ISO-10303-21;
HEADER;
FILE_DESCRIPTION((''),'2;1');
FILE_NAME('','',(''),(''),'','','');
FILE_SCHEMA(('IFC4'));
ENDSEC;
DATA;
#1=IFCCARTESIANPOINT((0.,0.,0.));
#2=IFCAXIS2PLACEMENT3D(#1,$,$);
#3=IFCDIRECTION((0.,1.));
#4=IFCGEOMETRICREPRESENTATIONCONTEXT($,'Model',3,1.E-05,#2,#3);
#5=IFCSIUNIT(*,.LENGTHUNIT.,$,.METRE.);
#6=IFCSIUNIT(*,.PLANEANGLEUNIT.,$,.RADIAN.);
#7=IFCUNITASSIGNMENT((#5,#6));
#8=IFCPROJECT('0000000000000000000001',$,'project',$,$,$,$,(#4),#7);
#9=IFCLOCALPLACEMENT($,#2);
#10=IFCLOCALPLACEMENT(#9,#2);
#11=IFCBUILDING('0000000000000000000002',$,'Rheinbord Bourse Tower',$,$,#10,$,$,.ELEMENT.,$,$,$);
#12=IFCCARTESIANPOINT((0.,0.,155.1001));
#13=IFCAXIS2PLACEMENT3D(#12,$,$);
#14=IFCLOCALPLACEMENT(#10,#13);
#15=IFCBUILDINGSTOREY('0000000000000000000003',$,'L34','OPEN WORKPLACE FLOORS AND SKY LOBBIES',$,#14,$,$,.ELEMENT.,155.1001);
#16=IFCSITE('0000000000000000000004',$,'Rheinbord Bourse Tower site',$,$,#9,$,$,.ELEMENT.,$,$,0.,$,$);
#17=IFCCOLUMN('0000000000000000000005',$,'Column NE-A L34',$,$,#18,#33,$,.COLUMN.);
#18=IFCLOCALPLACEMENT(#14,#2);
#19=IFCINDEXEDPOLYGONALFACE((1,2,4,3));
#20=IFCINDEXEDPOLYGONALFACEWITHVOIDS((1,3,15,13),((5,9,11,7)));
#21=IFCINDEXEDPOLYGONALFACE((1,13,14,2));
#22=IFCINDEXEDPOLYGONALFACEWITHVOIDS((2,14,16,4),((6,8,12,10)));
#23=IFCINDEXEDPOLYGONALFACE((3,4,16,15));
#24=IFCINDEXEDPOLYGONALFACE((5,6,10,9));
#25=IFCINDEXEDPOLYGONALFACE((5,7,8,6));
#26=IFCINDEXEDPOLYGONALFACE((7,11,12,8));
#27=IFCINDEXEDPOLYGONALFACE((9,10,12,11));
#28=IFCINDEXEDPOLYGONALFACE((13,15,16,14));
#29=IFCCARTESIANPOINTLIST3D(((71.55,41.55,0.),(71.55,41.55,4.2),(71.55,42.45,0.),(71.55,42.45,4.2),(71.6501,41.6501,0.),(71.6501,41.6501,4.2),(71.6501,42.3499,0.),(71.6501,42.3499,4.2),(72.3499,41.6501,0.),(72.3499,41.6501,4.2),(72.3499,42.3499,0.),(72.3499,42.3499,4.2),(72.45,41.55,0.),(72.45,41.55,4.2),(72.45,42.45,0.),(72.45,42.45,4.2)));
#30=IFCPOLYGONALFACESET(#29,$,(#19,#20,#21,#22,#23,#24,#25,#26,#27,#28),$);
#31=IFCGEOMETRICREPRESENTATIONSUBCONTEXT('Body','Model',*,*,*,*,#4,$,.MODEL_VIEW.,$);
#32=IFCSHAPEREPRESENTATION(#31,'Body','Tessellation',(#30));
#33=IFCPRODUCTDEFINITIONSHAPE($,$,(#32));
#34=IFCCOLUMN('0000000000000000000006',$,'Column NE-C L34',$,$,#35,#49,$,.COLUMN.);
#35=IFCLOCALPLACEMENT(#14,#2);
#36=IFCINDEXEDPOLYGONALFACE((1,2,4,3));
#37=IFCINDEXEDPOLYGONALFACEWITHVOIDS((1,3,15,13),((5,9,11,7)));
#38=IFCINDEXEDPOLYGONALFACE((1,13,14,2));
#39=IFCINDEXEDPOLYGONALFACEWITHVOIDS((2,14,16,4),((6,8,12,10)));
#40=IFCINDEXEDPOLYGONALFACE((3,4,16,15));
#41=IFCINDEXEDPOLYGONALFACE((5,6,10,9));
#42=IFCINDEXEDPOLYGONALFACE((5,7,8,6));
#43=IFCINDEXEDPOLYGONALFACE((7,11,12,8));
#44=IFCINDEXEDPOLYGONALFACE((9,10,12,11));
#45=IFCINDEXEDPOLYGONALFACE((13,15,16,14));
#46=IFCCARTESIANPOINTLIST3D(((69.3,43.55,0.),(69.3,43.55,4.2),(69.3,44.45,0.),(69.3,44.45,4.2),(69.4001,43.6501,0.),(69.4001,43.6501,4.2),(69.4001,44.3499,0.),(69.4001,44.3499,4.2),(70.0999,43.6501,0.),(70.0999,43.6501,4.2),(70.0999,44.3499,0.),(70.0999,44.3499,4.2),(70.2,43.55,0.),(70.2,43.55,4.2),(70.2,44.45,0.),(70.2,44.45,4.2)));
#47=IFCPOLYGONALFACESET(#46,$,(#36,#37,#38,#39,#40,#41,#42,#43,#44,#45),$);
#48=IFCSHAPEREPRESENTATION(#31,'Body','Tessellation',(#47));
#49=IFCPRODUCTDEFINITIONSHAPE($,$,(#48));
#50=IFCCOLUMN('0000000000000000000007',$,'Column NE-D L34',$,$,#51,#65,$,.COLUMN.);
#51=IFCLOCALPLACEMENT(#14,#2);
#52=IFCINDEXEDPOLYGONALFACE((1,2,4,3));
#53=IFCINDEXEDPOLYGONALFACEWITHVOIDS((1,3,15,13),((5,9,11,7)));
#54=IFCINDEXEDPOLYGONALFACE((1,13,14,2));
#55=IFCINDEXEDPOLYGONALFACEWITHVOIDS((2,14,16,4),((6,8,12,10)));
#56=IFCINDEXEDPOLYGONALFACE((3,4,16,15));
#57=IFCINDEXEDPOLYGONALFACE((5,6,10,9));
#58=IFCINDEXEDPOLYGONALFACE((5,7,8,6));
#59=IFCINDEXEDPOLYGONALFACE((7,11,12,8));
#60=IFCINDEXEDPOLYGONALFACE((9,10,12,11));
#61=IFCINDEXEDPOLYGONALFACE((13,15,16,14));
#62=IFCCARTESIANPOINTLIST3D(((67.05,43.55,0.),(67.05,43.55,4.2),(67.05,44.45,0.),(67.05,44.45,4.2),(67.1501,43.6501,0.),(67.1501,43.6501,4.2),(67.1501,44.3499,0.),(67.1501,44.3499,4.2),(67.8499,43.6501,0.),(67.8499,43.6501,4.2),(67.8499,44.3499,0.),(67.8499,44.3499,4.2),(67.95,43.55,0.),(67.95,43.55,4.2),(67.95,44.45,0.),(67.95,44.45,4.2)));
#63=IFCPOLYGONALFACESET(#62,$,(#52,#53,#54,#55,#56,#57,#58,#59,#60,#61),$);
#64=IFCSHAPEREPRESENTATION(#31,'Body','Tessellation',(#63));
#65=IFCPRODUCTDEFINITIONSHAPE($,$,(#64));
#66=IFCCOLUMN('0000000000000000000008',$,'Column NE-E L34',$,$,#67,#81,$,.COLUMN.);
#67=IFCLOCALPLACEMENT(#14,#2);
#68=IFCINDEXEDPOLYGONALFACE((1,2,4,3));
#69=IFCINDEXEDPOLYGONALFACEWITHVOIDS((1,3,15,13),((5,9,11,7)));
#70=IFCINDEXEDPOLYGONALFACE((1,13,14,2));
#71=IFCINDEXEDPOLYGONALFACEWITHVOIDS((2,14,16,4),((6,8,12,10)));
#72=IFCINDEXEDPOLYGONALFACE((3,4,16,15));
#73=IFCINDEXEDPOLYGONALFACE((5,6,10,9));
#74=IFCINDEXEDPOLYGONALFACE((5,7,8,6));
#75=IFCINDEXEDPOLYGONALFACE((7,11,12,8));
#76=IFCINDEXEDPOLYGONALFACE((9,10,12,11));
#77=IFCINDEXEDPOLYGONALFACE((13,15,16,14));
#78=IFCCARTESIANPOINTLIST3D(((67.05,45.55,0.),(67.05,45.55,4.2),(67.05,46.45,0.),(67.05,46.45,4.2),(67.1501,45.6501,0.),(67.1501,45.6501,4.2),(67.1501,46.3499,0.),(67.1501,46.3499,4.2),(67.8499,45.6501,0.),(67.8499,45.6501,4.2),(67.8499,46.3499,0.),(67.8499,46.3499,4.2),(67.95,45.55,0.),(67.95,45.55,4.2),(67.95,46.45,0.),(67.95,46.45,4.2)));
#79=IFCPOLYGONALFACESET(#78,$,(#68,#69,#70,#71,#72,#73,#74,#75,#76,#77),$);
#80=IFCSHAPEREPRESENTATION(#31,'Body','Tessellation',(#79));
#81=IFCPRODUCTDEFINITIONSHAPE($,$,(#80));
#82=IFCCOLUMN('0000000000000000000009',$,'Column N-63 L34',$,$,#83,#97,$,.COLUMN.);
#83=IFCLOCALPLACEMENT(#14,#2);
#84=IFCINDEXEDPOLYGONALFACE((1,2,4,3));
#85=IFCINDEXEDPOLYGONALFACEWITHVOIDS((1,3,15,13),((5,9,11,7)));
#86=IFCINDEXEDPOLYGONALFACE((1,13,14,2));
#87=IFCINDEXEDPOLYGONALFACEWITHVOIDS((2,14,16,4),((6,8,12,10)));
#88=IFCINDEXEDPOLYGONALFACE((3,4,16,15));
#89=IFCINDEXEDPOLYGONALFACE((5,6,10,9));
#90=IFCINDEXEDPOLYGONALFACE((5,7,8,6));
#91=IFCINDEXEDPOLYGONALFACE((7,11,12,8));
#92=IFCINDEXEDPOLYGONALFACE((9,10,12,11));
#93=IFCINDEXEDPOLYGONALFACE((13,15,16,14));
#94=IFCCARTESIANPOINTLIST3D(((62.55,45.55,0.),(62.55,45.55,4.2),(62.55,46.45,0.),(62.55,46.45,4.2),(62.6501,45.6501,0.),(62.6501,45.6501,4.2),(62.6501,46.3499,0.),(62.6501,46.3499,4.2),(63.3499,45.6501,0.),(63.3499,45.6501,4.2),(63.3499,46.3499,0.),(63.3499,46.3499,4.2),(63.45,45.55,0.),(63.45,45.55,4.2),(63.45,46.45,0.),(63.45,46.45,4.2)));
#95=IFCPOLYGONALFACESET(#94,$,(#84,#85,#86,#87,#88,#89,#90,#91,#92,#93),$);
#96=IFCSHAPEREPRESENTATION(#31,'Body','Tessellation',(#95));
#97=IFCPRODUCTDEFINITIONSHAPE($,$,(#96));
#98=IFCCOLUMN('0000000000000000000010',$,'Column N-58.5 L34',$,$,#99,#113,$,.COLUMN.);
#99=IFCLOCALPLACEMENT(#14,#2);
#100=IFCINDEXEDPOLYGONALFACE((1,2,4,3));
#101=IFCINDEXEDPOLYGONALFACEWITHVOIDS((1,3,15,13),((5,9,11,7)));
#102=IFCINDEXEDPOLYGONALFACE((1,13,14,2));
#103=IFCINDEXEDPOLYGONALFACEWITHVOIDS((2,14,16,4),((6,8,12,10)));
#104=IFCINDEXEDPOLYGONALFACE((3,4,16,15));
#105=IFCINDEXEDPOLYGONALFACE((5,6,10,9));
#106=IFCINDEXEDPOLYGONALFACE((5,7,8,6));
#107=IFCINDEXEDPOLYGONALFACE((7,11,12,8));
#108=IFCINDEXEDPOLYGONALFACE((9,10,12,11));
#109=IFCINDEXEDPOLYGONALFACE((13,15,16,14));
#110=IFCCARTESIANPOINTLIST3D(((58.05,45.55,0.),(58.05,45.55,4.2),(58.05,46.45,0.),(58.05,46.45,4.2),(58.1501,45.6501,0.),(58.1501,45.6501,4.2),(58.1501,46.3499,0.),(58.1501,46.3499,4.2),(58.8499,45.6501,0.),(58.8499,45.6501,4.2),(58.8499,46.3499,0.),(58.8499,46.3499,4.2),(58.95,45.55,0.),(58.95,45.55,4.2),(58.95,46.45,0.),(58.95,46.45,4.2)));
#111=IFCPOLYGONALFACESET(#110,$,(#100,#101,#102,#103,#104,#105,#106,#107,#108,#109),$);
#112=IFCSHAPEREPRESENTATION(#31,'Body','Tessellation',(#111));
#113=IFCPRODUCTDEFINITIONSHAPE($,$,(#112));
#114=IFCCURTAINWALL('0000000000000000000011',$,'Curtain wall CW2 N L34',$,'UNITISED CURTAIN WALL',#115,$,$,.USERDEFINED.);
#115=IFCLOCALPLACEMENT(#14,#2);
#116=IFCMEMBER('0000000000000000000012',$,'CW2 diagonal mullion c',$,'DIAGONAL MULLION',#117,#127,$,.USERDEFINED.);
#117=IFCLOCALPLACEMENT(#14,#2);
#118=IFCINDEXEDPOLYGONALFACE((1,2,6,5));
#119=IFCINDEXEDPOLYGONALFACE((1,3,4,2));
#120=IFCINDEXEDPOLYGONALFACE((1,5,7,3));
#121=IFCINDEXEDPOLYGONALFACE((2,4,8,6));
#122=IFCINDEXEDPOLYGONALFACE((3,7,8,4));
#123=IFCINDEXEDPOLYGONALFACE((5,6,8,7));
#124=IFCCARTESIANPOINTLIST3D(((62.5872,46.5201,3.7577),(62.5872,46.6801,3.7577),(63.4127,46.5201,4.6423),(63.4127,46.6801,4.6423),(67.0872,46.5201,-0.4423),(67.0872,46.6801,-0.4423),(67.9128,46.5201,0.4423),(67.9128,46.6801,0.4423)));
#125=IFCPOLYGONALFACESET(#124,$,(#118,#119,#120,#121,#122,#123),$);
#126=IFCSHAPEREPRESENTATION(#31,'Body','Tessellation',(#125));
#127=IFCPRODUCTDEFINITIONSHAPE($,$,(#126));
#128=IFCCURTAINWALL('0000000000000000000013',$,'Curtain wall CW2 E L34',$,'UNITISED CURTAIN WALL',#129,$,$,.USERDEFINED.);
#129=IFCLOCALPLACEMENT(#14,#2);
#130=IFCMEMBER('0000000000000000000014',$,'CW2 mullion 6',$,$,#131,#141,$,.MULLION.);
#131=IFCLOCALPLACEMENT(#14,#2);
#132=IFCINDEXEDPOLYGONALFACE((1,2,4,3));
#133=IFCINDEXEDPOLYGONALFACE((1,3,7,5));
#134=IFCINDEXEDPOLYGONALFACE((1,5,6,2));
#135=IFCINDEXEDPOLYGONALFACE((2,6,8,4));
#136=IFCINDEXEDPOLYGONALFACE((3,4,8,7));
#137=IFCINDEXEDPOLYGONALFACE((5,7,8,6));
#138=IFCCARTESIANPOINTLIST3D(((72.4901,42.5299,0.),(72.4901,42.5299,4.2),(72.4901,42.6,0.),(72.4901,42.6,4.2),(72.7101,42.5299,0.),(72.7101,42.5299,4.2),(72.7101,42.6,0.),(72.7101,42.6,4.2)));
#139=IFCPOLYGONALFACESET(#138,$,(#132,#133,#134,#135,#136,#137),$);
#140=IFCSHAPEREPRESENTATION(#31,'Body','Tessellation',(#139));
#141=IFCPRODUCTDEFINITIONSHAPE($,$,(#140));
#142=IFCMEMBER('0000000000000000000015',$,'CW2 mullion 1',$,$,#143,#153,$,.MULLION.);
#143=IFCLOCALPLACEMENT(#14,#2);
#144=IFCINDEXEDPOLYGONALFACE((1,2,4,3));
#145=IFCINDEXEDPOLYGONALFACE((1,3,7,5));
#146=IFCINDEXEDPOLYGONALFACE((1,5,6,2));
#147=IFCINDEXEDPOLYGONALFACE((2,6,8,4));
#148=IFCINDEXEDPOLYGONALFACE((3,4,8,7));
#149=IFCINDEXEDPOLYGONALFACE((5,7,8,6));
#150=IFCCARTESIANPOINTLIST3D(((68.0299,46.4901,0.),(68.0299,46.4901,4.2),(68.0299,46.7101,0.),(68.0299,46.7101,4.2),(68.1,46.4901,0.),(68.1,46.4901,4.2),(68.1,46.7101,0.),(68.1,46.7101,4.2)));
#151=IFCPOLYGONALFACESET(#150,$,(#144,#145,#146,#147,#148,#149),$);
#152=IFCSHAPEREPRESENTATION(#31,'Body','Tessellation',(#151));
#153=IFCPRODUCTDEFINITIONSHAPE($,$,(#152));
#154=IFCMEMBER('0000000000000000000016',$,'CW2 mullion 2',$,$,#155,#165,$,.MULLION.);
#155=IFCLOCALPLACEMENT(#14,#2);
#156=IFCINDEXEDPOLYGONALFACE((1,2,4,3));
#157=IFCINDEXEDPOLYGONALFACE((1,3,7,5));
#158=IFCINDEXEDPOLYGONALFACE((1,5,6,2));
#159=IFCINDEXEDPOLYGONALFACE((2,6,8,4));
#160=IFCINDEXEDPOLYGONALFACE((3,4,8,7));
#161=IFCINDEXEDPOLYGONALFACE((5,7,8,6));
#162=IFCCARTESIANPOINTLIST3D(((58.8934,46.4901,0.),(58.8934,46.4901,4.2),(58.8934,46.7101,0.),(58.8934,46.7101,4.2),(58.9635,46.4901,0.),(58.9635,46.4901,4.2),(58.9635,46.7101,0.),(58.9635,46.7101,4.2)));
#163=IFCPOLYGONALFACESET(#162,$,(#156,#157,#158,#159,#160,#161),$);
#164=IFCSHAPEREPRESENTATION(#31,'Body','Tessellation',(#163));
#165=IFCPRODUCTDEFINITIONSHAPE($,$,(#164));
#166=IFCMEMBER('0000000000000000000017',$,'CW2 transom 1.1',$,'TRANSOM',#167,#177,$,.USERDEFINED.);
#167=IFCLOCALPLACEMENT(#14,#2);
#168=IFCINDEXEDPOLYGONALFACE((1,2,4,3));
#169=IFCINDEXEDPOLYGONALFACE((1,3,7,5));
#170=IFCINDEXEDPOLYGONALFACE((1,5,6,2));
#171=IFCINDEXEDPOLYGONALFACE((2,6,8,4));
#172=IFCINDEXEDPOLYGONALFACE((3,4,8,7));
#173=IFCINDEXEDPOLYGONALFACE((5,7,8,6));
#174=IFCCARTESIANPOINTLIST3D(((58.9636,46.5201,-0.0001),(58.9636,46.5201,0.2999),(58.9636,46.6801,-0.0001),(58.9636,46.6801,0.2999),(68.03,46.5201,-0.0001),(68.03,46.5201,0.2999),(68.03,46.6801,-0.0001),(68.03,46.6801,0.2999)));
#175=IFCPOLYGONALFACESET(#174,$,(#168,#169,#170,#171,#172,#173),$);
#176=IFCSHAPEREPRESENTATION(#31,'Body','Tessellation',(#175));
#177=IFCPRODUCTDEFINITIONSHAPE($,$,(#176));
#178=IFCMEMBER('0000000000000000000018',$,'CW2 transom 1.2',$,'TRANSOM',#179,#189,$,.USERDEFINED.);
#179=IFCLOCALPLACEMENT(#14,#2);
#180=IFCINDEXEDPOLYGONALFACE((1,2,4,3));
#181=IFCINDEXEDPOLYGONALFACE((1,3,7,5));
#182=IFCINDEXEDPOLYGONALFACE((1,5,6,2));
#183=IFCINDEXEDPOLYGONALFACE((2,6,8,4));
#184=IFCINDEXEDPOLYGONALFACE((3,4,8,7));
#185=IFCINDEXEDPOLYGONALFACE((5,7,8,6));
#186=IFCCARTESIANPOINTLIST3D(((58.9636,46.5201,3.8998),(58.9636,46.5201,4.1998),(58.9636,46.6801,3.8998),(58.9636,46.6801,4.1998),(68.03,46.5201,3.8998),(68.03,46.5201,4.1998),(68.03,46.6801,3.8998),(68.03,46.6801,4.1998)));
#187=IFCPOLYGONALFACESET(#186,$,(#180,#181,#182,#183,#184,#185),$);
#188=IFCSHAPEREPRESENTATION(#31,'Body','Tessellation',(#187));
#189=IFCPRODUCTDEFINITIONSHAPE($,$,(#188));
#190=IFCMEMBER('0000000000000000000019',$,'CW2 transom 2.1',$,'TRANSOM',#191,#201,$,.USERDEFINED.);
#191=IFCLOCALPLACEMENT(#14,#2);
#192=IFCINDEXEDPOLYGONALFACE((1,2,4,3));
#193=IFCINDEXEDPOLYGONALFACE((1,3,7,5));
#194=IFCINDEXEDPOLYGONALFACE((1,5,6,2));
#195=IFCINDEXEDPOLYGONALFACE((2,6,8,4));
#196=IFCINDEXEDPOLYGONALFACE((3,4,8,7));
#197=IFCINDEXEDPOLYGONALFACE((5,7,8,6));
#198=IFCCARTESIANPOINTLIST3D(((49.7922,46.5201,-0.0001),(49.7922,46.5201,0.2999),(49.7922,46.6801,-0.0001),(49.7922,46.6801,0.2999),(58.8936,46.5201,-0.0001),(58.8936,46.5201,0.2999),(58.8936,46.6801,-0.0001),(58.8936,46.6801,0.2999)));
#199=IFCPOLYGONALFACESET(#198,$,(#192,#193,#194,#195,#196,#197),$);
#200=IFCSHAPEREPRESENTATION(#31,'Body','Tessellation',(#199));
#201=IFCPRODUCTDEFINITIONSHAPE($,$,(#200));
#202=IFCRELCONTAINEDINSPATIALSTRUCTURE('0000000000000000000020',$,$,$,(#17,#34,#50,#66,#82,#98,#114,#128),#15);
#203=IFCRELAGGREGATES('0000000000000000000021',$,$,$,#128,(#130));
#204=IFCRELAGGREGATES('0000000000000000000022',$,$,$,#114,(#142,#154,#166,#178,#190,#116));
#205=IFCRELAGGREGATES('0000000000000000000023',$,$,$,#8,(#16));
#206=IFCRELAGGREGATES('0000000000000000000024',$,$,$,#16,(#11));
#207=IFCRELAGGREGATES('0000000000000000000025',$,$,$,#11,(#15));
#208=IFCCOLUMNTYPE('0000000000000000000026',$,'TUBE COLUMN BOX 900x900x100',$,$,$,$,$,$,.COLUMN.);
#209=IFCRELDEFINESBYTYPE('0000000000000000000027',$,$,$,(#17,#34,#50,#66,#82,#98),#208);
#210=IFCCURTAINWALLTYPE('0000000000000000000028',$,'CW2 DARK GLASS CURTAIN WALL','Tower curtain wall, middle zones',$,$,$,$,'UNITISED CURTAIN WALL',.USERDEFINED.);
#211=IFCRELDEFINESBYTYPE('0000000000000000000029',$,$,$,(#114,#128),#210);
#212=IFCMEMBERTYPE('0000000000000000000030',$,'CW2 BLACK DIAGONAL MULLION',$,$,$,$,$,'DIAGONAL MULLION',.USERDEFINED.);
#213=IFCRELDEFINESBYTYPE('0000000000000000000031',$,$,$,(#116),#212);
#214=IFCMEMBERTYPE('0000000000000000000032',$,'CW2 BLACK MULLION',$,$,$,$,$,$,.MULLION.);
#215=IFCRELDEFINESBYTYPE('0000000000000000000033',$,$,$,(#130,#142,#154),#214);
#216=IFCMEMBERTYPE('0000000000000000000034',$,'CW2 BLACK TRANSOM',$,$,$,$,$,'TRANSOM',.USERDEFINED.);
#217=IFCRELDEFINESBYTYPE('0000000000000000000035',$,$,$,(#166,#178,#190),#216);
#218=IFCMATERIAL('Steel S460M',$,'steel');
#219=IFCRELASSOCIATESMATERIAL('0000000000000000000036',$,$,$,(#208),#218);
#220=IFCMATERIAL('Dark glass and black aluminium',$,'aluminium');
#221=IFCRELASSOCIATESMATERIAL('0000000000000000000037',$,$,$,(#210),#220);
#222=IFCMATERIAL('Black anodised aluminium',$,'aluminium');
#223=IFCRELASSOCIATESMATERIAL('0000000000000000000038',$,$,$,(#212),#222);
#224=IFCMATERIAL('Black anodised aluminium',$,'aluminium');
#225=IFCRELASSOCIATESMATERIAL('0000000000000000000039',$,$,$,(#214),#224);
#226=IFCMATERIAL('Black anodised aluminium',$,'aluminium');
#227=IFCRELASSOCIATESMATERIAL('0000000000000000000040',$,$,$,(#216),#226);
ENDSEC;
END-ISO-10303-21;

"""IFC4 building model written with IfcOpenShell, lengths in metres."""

from ifc_helpers import new_model, si_unit, direction, frame, origin, origin_2d, place, context, subcontext, project, spatial, rectangle, hollow_rectangle, extrude, material, material_profile, profile_set, type_object, element, aggregate, save


model = new_model("IFC4")

# Units and contexts
model_context = context("Model", 3, precision=1e-05, world=origin(), true_north=direction((0.0, 1.0)))
body_context = subcontext(model_context, "Body", "Model", "MODEL_VIEW")
ifc_project = project(units=[si_unit("LENGTHUNIT", "METRE"), si_unit("PLANEANGLEUNIT", "RADIAN")], contexts=[model_context])

# Site, building, storey
site_placement = place(None, origin())
site = spatial("IfcSite", under=ifc_project, at=site_placement, Name="Rheinbord Bourse Tower site", CompositionType="ELEMENT", RefElevation=0.0)
building_placement = place(site_placement, origin())
building = spatial("IfcBuilding", under=site, at=building_placement, Name="Rheinbord Bourse Tower", CompositionType="ELEMENT")
storey_placement = place(building_placement, frame((0.0, 0.0, 155.1001)))
storey = spatial("IfcBuildingStorey", under=building, at=storey_placement, Name="L34", Description="OPEN WORKPLACE FLOORS AND SKY LOBBIES", CompositionType="ELEMENT", Elevation=155.1001)

# Columns
ifc_material_1 = material(Name="Steel S460M", Category="steel")
ifc_material_profile_1 = material_profile(ifc_material_1, hollow_rectangle(XDim=0.8999, YDim=0.8999, WallThickness=0.1001, at=origin_2d()), Name="BOX 900x900x100")
ifc_profile_set_1 = profile_set([ifc_material_profile_1], Name="Steel S460M")
column_type = type_object("IfcColumnType", Name="TUBE COLUMN BOX 900x900x100", PredefinedType="COLUMN", material=ifc_profile_set_1)
for number, where, z_axis, x_axis, name in (
    (1, (72.0, 42.0, 0.0), (0.0, 0.0, 1.0), (1.0, 0.0, 0.0), "Column NE-A L34"),
    (2, (69.75, 44.0, 0.0), (0.0, 0.0, 1.0), (1.0, 0.0, 0.0), "Column NE-C L34"),
    (3, (67.5, 44.0, 0.0), (0.0, 0.0, 1.0), (0.0, 1.0, 0.0), "Column NE-D L34"),
    (4, (67.5, 46.0, 0.0), (0.0, 0.0, 1.0), (0.0, 1.0, 0.0), "Column NE-E L34"),
    (5, (63.0, 46.0, 0.0), (0.0, 0.0, 1.0), (0.0, 1.0, 0.0), "Column N-63 L34"),
    (6, (58.5, 46.0, 0.0), (0.0, 0.0, 1.0), (0.0, 1.0, 0.0), "Column N-58.5 L34"),
):
    element("IfcColumn", number, at=place(storey_placement, frame(where, z_axis=z_axis, x_axis=x_axis)), inside=storey, type_object=column_type, Name=name, PredefinedType="COLUMN", context=body_context, shape_type="SweptSolid", body=[
        extrude(hollow_rectangle(XDim=0.8999, YDim=0.8999, WallThickness=0.1001, at=origin_2d()), origin(), (0.0, 0.0, 1.0), 4.2),
    ])

# Curtain walls, members
ifc_material_2 = material(Name="Dark glass and black aluminium", Category="aluminium")
curtain_wall_type = type_object("IfcCurtainWallType", Name="CW2 DARK GLASS CURTAIN WALL", Description="Tower curtain wall, middle zones", ElementType="UNITISED CURTAIN WALL", PredefinedType="USERDEFINED", material=ifc_material_2)
curtain_wall_1_placement = place(storey_placement, origin())
curtain_wall_1 = element("IfcCurtainWall", 7, at=curtain_wall_1_placement, inside=storey, type_object=curtain_wall_type, Name="Curtain wall CW2 N L34", ObjectType="UNITISED CURTAIN WALL", PredefinedType="USERDEFINED")
ifc_material_3 = material(Name="Black anodised aluminium", Category="aluminium")
ifc_material_profile_2 = material_profile(ifc_material_3, rectangle(XDim=0.1599, YDim=1.21, at=origin_2d()), Name="CW2 DIAGONAL MULLION 1210x160")
ifc_profile_set_2 = profile_set([ifc_material_profile_2], Name="Black anodised aluminium")
member_type_1 = type_object("IfcMemberType", Name="CW2 BLACK DIAGONAL MULLION", ElementType="DIAGONAL MULLION", PredefinedType="USERDEFINED", material=ifc_profile_set_2)
member_1_placement = place(storey_placement, frame((67.5, 46.6001, 0.0), z_axis=(-0.731059, 0.0, 0.682314), x_axis=(0.0, -1.0, 0.0)))
member_1 = element("IfcMember", 8, at=member_1_placement, type_object=member_type_1, Name="CW2 diagonal mullion c", ObjectType="DIAGONAL MULLION", PredefinedType="USERDEFINED", context=body_context, shape_type="SweptSolid", body=[
    extrude(rectangle(XDim=0.1599, YDim=1.21, at=origin_2d()), origin(), (0.0, 0.0, 1.0), 6.1555),
])
curtain_wall_2_placement = place(storey_placement, origin())
curtain_wall_2 = element("IfcCurtainWall", 9, at=curtain_wall_2_placement, inside=storey, type_object=curtain_wall_type, Name="Curtain wall CW2 E L34", ObjectType="UNITISED CURTAIN WALL", PredefinedType="USERDEFINED")
ifc_material_4 = material(Name="Black anodised aluminium", Category="aluminium")
ifc_material_profile_3 = material_profile(ifc_material_4, rectangle(XDim=0.22, YDim=0.0701, at=origin_2d()), Name="CW2 MULLION 70x220")
ifc_profile_set_3 = profile_set([ifc_material_profile_3], Name="Black anodised aluminium")
member_type_2 = type_object("IfcMemberType", Name="CW2 BLACK MULLION", PredefinedType="MULLION", material=ifc_profile_set_3)
member_2_placement = place(storey_placement, frame((72.6001, 42.5649, 0.0), z_axis=(0.0, 0.0, 1.0), x_axis=(-1.0, 0.0, 0.0)))
member_2 = element("IfcMember", 10, at=member_2_placement, type_object=member_type_2, Name="CW2 mullion 6", PredefinedType="MULLION", context=body_context, shape_type="SweptSolid", body=[
    extrude(rectangle(XDim=0.22, YDim=0.0701, at=origin_2d()), origin(), (0.0, 0.0, 1.0), 4.2),
])

# Members
member_3_placement = place(storey_placement, frame((68.0649, 46.6001, 0.0), z_axis=(0.0, 0.0, 1.0), x_axis=(0.0, -1.0, 0.0)))
member_3 = element("IfcMember", 11, at=member_3_placement, type_object=member_type_2, Name="CW2 mullion 1", PredefinedType="MULLION", context=body_context, shape_type="SweptSolid", body=[
    extrude(rectangle(XDim=0.22, YDim=0.0701, at=origin_2d()), origin(), (0.0, 0.0, 1.0), 4.2),
])
member_4_placement = place(storey_placement, frame((58.9285, 46.6001, 0.0), z_axis=(0.0, 0.0, 1.0), x_axis=(0.0, -1.0, 0.0)))
member_4 = element("IfcMember", 12, at=member_4_placement, type_object=member_type_2, Name="CW2 mullion 2", PredefinedType="MULLION", context=body_context, shape_type="SweptSolid", body=[
    extrude(rectangle(XDim=0.22, YDim=0.0701, at=origin_2d()), origin(), (0.0, 0.0, 1.0), 4.2),
])
ifc_material_5 = material(Name="Black anodised aluminium", Category="aluminium")
ifc_material_profile_4 = material_profile(ifc_material_5, rectangle(XDim=0.1599, YDim=0.3, at=origin_2d()), Name="CW2 TRANSOM 300x160")
ifc_profile_set_4 = profile_set([ifc_material_profile_4], Name="Black anodised aluminium")
member_type_3 = type_object("IfcMemberType", Name="CW2 BLACK TRANSOM", ElementType="TRANSOM", PredefinedType="USERDEFINED", material=ifc_profile_set_4)
member_5_placement = place(storey_placement, frame((68.03, 46.6001, 0.1499), z_axis=(-1.0, 0.0, 0.0), x_axis=(0.0, -1.0, 0.0)))
member_5 = element("IfcMember", 13, at=member_5_placement, type_object=member_type_3, Name="CW2 transom 1.1", ObjectType="TRANSOM", PredefinedType="USERDEFINED", context=body_context, shape_type="SweptSolid", body=[
    extrude(rectangle(XDim=0.1599, YDim=0.3, at=origin_2d()), origin(), (0.0, 0.0, 1.0), 9.0664),
])
member_6_placement = place(storey_placement, frame((68.03, 46.6001, 4.0498), z_axis=(-1.0, 0.0, 0.0), x_axis=(0.0, -1.0, 0.0)))
member_6 = element("IfcMember", 14, at=member_6_placement, type_object=member_type_3, Name="CW2 transom 1.2", ObjectType="TRANSOM", PredefinedType="USERDEFINED", context=body_context, shape_type="SweptSolid", body=[
    extrude(rectangle(XDim=0.1599, YDim=0.3, at=origin_2d()), origin(), (0.0, 0.0, 1.0), 9.0664),
])
member_7_placement = place(storey_placement, frame((58.8936, 46.6001, 0.1499), z_axis=(-1.0, 0.0, 0.0), x_axis=(0.0, -1.0, 0.0)))
member_7 = element("IfcMember", 15, at=member_7_placement, type_object=member_type_3, Name="CW2 transom 2.1", ObjectType="TRANSOM", PredefinedType="USERDEFINED", context=body_context, shape_type="SweptSolid", body=[
    extrude(rectangle(XDim=0.1599, YDim=0.3, at=origin_2d()), origin(), (0.0, 0.0, 1.0), 9.1013),
])

aggregate(curtain_wall_2, [member_2])
aggregate(curtain_wall_1, [member_3, member_4, member_5, member_6, member_7, member_1])

save(model, "model.ifc")
